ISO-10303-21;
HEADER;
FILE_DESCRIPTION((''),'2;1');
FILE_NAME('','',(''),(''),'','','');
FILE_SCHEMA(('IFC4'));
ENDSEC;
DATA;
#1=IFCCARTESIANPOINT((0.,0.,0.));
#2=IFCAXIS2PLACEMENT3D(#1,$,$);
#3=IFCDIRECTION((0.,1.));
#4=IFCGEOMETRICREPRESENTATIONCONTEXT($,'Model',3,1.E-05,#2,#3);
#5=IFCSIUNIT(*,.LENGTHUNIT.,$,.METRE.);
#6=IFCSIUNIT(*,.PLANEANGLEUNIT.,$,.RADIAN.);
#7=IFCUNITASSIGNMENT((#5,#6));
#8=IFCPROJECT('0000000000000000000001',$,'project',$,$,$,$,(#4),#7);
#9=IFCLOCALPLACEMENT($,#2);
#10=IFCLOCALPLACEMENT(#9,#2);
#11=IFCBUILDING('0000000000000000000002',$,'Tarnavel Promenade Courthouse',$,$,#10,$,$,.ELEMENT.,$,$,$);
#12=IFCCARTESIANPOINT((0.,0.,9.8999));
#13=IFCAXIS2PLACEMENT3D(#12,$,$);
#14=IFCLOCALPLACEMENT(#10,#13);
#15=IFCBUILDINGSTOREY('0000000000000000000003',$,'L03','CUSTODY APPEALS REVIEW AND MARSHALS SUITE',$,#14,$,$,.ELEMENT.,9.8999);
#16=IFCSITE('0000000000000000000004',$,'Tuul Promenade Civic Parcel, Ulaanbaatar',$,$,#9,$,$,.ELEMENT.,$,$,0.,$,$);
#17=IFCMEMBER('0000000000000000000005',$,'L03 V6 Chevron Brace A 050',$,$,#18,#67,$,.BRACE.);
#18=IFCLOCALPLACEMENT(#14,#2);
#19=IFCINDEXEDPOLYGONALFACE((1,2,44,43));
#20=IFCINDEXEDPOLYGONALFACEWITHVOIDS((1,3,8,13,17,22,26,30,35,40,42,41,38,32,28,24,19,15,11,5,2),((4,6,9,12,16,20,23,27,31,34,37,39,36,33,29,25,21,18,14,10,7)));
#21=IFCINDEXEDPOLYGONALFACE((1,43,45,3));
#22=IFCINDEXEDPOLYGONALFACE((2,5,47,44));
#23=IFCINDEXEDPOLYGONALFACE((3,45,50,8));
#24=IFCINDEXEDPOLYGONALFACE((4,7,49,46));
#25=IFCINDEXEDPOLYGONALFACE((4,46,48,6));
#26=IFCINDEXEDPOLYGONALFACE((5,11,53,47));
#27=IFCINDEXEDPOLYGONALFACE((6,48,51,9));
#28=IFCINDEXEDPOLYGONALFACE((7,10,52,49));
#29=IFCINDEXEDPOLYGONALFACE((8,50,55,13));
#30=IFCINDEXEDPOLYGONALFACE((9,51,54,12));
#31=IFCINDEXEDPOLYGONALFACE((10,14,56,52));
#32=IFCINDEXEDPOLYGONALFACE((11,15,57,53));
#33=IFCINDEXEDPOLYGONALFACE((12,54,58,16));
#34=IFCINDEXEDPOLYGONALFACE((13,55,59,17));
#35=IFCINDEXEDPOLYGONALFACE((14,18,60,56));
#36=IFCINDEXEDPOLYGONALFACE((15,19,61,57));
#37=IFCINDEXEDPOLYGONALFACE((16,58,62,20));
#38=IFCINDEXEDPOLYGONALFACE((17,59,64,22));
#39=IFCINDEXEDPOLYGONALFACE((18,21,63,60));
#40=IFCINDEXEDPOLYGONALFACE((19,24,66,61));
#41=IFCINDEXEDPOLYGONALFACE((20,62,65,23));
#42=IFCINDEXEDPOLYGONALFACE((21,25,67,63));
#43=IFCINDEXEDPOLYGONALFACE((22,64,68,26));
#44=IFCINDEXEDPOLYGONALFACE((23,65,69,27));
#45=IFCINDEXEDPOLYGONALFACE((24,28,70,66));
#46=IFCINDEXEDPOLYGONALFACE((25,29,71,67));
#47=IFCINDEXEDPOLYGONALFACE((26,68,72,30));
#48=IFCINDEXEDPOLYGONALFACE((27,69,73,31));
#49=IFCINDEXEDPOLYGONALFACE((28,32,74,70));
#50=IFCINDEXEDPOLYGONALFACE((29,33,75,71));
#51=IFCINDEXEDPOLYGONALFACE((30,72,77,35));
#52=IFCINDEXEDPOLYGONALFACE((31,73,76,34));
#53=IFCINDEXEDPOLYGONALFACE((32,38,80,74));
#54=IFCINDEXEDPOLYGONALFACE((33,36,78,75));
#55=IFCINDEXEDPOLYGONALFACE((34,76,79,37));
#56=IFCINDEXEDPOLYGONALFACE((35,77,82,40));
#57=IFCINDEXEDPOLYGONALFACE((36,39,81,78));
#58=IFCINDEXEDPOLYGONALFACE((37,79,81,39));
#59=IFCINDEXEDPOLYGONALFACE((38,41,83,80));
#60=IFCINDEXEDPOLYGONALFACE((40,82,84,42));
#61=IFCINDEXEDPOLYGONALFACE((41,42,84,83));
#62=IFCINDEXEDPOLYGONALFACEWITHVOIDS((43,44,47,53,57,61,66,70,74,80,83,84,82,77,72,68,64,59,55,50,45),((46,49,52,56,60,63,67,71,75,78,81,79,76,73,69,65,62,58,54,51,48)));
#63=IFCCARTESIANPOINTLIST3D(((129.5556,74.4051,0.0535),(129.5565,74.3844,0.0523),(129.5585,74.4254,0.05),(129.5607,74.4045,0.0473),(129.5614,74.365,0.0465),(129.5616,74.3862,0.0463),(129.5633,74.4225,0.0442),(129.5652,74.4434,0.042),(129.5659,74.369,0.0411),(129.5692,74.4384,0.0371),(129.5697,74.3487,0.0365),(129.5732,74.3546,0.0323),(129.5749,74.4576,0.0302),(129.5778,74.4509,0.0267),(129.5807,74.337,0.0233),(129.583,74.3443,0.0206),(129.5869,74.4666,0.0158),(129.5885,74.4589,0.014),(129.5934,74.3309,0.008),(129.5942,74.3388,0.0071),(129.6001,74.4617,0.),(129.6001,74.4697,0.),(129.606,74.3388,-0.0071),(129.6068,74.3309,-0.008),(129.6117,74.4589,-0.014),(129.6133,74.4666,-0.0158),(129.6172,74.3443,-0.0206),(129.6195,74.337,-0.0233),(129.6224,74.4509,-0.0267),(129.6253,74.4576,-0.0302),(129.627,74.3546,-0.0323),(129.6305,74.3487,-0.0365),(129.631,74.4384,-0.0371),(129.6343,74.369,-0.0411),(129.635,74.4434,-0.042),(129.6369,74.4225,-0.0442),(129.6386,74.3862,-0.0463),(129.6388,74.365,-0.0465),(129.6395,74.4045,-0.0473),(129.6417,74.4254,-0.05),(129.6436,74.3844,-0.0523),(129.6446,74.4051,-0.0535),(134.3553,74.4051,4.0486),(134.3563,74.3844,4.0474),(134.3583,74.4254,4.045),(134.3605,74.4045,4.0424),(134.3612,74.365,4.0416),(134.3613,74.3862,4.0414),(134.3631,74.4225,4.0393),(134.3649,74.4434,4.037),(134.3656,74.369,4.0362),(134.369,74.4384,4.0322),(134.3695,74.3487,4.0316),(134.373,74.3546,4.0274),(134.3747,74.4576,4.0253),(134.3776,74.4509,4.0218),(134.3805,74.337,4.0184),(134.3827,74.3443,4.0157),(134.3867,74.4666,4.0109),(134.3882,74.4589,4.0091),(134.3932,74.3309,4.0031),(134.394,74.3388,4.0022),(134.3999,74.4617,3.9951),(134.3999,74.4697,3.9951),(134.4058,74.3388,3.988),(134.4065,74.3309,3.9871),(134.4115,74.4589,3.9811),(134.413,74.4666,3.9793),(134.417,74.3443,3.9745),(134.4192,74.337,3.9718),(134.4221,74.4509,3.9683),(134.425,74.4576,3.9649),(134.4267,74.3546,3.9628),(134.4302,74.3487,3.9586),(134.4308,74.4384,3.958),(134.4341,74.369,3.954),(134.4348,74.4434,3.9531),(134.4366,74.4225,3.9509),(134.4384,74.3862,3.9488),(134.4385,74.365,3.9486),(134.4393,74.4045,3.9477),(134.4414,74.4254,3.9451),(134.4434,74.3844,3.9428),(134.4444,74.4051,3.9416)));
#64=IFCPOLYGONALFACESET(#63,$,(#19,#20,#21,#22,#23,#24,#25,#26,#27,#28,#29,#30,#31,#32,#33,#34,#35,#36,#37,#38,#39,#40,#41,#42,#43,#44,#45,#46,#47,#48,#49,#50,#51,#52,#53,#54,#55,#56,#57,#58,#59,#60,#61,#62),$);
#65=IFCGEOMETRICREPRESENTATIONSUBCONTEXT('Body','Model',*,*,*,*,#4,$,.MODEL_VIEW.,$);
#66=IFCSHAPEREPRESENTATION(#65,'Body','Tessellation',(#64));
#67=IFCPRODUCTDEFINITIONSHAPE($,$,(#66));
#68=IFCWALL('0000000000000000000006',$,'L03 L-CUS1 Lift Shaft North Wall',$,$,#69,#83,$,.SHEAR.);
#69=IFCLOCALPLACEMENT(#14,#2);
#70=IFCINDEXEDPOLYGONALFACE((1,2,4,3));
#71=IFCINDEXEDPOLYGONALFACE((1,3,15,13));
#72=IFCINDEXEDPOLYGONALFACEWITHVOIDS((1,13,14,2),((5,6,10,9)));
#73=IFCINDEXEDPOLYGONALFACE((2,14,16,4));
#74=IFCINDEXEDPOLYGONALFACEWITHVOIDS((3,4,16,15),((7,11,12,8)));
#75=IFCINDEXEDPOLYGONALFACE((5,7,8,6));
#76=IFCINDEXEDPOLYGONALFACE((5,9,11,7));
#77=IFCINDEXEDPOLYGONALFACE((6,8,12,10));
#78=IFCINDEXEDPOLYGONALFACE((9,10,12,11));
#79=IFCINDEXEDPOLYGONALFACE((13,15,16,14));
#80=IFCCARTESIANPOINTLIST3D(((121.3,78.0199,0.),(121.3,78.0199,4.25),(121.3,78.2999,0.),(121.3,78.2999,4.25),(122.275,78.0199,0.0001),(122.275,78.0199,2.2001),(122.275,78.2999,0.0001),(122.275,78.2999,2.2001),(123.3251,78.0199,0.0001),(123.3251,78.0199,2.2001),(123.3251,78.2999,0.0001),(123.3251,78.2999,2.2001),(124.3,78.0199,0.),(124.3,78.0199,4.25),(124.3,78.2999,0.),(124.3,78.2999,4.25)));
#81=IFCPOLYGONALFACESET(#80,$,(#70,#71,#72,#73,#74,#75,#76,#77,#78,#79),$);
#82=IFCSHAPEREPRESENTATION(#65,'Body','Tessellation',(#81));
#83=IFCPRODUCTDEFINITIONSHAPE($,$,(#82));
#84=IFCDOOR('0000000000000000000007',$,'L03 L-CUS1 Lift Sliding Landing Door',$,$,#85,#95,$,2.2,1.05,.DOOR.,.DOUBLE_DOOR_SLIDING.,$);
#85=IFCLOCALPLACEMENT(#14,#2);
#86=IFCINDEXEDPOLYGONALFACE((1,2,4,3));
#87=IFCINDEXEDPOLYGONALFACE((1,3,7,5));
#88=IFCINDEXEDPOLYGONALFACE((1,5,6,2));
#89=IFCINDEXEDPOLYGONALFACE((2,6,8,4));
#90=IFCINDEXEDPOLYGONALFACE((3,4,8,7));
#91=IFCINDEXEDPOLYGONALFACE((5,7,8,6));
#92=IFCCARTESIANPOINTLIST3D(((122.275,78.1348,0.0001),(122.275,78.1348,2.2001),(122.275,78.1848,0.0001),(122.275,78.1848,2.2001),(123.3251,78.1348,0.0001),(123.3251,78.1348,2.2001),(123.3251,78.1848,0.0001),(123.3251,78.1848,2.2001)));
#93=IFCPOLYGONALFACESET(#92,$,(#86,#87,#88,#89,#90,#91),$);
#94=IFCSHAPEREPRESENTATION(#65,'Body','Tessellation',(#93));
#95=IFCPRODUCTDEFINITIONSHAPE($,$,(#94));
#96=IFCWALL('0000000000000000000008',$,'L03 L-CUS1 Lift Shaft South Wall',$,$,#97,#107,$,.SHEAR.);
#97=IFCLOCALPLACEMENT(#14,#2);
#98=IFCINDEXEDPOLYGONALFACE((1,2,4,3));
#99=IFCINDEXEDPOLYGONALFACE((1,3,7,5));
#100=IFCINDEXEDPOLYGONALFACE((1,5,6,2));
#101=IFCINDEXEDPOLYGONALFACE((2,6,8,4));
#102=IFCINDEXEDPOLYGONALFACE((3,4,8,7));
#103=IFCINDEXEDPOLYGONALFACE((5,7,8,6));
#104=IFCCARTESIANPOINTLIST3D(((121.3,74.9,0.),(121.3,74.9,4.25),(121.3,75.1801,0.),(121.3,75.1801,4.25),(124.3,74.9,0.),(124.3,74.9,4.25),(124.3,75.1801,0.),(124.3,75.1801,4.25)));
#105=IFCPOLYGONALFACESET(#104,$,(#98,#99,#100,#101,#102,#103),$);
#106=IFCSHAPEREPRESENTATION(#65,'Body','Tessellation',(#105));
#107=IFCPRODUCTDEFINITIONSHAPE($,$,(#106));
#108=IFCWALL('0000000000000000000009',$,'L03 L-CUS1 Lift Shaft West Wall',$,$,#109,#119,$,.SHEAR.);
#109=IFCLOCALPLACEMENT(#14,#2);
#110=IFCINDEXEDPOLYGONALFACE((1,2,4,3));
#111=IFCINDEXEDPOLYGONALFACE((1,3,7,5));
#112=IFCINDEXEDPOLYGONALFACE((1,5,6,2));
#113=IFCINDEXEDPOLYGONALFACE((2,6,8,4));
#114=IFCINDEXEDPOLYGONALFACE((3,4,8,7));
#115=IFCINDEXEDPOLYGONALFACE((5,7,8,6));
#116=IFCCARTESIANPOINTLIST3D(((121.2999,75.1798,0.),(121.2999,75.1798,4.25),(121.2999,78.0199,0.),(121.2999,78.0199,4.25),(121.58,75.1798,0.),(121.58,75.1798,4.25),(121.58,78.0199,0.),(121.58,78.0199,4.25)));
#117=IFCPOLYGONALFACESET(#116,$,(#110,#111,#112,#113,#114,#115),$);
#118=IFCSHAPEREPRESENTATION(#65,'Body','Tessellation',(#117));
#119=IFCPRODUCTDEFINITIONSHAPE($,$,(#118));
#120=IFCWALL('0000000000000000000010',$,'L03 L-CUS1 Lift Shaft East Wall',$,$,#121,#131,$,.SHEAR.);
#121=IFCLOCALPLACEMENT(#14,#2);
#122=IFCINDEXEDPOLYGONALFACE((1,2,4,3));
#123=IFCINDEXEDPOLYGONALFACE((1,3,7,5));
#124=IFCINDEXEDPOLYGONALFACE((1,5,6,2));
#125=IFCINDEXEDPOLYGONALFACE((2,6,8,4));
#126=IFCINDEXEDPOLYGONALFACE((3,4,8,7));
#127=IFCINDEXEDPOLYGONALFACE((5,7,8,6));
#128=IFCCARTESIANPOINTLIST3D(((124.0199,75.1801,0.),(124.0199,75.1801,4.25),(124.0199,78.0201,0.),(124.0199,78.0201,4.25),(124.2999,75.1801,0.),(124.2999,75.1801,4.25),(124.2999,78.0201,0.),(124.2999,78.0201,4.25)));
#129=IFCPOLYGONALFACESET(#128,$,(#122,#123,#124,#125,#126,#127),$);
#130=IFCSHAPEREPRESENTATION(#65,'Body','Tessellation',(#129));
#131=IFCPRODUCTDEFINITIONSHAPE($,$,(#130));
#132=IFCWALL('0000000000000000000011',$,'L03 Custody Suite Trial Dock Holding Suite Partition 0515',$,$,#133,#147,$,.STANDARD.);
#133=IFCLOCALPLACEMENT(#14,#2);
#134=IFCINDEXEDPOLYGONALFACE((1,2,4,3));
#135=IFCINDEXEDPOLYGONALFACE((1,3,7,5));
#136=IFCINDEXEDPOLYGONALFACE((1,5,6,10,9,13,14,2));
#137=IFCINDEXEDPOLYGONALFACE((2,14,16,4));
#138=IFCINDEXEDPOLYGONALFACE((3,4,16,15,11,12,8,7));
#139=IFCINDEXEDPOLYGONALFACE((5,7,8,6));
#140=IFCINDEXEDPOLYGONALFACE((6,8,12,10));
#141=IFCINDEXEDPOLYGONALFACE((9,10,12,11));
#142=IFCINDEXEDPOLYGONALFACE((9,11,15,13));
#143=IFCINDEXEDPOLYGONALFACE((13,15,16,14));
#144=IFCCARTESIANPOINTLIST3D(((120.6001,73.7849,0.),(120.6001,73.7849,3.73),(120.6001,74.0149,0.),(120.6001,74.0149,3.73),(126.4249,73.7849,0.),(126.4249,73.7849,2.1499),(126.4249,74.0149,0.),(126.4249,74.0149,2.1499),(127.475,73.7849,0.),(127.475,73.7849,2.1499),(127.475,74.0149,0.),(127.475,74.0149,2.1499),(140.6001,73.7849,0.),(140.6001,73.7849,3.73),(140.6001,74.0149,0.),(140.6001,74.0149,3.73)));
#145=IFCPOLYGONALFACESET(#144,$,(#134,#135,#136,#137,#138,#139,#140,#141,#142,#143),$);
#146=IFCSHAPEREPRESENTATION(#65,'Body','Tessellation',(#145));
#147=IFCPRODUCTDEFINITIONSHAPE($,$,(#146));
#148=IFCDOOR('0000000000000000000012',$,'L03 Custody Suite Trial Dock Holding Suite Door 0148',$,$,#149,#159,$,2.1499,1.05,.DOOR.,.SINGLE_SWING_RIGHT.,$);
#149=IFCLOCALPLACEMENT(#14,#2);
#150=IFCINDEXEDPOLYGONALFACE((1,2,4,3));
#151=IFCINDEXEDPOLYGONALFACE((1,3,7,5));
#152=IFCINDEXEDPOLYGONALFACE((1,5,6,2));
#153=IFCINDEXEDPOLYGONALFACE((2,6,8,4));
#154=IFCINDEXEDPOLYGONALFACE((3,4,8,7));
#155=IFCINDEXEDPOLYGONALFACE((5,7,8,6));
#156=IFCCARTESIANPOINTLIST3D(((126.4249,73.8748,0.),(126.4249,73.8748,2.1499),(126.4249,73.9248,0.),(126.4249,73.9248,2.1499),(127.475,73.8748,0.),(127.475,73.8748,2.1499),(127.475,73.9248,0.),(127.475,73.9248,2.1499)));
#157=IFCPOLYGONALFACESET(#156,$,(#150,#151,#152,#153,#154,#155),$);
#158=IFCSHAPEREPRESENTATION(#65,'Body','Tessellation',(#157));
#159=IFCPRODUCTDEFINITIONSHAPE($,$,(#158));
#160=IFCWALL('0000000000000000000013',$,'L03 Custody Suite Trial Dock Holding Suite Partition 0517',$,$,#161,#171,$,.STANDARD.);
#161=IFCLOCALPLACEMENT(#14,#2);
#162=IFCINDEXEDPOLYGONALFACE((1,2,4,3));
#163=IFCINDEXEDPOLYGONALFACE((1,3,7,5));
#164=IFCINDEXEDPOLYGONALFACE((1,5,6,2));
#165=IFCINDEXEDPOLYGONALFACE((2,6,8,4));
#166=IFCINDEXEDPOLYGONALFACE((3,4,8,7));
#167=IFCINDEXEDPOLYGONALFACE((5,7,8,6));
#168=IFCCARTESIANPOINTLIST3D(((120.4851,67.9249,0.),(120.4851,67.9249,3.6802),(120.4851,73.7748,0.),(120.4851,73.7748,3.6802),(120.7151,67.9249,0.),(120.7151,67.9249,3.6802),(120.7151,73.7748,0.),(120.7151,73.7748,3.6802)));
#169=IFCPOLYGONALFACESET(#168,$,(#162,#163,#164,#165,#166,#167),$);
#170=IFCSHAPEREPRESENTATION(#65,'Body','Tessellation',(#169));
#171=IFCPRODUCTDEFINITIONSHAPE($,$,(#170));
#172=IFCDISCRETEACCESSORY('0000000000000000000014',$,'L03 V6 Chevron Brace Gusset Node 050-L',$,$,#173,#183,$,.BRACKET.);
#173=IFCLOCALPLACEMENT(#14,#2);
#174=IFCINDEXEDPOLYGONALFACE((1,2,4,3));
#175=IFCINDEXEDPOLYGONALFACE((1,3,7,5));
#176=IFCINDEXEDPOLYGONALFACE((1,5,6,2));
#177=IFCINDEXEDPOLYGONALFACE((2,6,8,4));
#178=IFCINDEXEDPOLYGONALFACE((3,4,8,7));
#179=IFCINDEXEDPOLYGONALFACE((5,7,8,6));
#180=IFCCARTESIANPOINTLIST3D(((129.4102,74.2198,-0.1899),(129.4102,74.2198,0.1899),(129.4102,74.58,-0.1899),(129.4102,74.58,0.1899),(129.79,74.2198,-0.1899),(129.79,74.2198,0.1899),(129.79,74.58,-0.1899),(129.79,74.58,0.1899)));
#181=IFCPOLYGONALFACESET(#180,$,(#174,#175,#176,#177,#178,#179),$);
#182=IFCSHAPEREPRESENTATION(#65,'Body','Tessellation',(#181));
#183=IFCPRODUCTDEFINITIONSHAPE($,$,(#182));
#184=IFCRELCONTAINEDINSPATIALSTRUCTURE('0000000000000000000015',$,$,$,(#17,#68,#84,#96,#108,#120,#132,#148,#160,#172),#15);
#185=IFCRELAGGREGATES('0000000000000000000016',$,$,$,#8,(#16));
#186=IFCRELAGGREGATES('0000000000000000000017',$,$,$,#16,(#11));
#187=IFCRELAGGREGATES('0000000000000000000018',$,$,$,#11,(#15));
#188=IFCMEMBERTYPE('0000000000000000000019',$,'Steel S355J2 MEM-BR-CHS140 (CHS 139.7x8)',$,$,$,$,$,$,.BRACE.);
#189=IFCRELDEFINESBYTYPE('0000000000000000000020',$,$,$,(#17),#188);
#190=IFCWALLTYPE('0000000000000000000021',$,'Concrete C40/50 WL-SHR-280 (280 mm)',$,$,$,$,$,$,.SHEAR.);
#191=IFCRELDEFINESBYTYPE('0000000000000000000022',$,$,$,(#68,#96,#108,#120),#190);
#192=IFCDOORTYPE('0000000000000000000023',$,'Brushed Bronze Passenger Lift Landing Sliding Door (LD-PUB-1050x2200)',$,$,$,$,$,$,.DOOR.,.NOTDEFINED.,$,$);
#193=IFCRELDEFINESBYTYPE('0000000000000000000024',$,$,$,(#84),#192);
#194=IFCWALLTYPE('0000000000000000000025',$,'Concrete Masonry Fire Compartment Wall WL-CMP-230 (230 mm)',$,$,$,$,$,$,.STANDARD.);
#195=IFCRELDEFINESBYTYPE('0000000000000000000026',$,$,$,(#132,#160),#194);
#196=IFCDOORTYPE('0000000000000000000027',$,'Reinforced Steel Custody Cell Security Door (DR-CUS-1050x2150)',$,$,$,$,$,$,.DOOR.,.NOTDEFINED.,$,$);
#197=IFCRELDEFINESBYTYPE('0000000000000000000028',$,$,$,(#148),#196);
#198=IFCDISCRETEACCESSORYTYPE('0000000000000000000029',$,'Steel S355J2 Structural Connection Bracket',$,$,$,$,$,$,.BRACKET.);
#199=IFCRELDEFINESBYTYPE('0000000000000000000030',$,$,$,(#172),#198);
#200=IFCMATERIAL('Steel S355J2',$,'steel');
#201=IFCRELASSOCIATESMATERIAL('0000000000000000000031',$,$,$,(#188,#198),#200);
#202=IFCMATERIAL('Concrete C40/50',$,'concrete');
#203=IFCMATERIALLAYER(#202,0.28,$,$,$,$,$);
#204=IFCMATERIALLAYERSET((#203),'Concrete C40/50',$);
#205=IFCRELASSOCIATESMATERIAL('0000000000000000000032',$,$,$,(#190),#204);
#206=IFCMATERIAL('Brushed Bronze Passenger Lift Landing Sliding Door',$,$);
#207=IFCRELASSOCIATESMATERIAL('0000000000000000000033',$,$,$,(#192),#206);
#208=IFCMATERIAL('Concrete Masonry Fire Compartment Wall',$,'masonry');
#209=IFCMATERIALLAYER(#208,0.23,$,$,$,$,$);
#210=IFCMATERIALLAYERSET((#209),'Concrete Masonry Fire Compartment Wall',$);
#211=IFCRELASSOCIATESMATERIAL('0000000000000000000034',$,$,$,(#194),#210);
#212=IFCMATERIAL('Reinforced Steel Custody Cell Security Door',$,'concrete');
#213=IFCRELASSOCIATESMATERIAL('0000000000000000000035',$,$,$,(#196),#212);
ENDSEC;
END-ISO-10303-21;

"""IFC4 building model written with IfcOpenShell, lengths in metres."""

from ifc_helpers import new_model, si_unit, direction, frame, frame_2d, origin, origin_2d, place, context, subcontext, project, spatial, rectangle, hollow_circle, extrude, material, layer, layer_set, material_profile, profile_set, type_object, element, fill, save


model = new_model("IFC4")

# Units and contexts
model_context = context("Model", 3, precision=1e-05, world=origin(), true_north=direction((0.0, 1.0)))
body_context = subcontext(model_context, "Body", "Model", "MODEL_VIEW")
ifc_project = project(units=[si_unit("LENGTHUNIT", "METRE"), si_unit("PLANEANGLEUNIT", "RADIAN")], contexts=[model_context])

# Site, building, storey
site_placement = place(None, origin())
site = spatial("IfcSite", under=ifc_project, at=site_placement, Name="Tuul Promenade Civic Parcel, Ulaanbaatar", CompositionType="ELEMENT", RefElevation=0.0)
building_placement = place(site_placement, origin())
building = spatial("IfcBuilding", under=site, at=building_placement, Name="Tarnavel Promenade Courthouse", CompositionType="ELEMENT")
storey_placement = place(building_placement, frame((0.0, 0.0, 9.8999)))
storey = spatial("IfcBuildingStorey", under=building, at=storey_placement, Name="L03", Description="CUSTODY APPEALS REVIEW AND MARSHALS SUITE", CompositionType="ELEMENT", Elevation=9.8999)

# Shared definitions
ifc_material_1 = material(Name="Concrete C40/50", Category="concrete")

# Member
ifc_material_2 = material(Name="Steel S355J2", Category="steel")
ifc_material_profile_1 = material_profile(ifc_material_2, hollow_circle(Radius=0.0698, WallThickness=0.0081, at=origin_2d()), Name="CHS 139.7x8")
ifc_profile_set_1 = profile_set([ifc_material_profile_1], Name="Steel S355J2")
member_type = type_object("IfcMemberType", Name="Steel S355J2 MEM-BR-CHS140 (CHS 139.7x8)", PredefinedType="BRACE", material=ifc_profile_set_1)
member_placement = place(storey_placement, frame((129.6001, 74.3999, 0.0), z_axis=(0.768593, 0.0, 0.639738), x_axis=(0.0, 1.0, 0.0)))
element("IfcMember", 1, at=member_placement, inside=storey, type_object=member_type, Name="L03 V6 Chevron Brace A 050", PredefinedType="BRACE", context=body_context, shape_type="SweptSolid", body=[
    extrude(hollow_circle(Radius=0.0698, WallThickness=0.0081, at=origin_2d()), origin(), (0.0, 0.0, 1.0), 6.2449),
])

# Wall, opening, door
ifc_layer_1 = layer(ifc_material_1, 0.28)
ifc_layer_set_1 = layer_set([ifc_layer_1], Name="Concrete C40/50")
wall_type_1 = type_object("IfcWallType", Name="Concrete C40/50 WL-SHR-280 (280 mm)", PredefinedType="SHEAR", material=ifc_layer_set_1)
wall_1_placement = place(storey_placement, frame((121.3, 78.1599, 0.0), z_axis=(0.0, 0.0, 1.0), x_axis=(1.0, 0.0, 0.0)))
wall_1 = element("IfcWall", 2, at=wall_1_placement, inside=storey, type_object=wall_type_1, Name="L03 L-CUS1 Lift Shaft North Wall", PredefinedType="SHEAR", context=body_context, shape_type="SweptSolid", body=[
    extrude(rectangle(XDim=3.0, YDim=0.28, at=frame_2d((1.5, 0.0))), origin(), (0.0, 0.0, 1.0), 4.25),
])
opening_1_placement = place(wall_1_placement, frame((0.9751, 0.0, 0.0)))
opening_1 = element("IfcOpeningElement", 3, at=opening_1_placement, cuts=wall_1, PredefinedType="OPENING", context=body_context, shape_type="SweptSolid", body=[
    extrude(rectangle(XDim=1.05, YDim=2.2, at=frame_2d((0.5249, 1.1001))), frame((0.0, 0.1499, 0.0), z_axis=(0.0, -1.0, 0.0), x_axis=(1.0, 0.0, 0.0)), (0.0, 0.0, 1.0), 0.3),
])
ifc_material_3 = material(Name="Brushed Bronze Passenger Lift Landing Sliding Door")
door_type_1 = type_object("IfcDoorType", Name="Brushed Bronze Passenger Lift Landing Sliding Door (LD-PUB-1050x2200)", OperationType="NOTDEFINED", PredefinedType="DOOR", material=ifc_material_3)
door_1_placement = place(opening_1_placement, origin())
door_1 = element("IfcDoor", 4, at=door_1_placement, inside=storey, type_object=door_type_1, Name="L03 L-CUS1 Lift Sliding Landing Door", OperationType="DOUBLE_DOOR_SLIDING", OverallHeight=2.2, OverallWidth=1.05, PredefinedType="DOOR", context=body_context, shape_type="SweptSolid", body=[
    extrude(rectangle(XDim=1.05, YDim=2.2, at=frame_2d((0.5249, 1.1001))), frame((0.0, 0.0249, 0.0), z_axis=(0.0, -1.0, 0.0), x_axis=(1.0, 0.0, 0.0)), (0.0, 0.0, 1.0), 0.05),
])
fill(opening_1, door_1)

# Walls
wall_2_placement = place(storey_placement, frame((124.3, 75.04, 0.0), z_axis=(0.0, 0.0, 1.0), x_axis=(-1.0, 0.0, 0.0)))
element("IfcWall", 5, at=wall_2_placement, inside=storey, type_object=wall_type_1, Name="L03 L-CUS1 Lift Shaft South Wall", PredefinedType="SHEAR", context=body_context, shape_type="SweptSolid", body=[
    extrude(rectangle(XDim=3.0, YDim=0.28, at=frame_2d((1.5, 0.0))), origin(), (0.0, 0.0, 1.0), 4.25),
])
for number, where, z_axis, x_axis, name in (
    (6, (121.4399, 75.1799, 0.0), (0.0, 0.0, 1.0), (0.0, 1.0, 0.0), "L03 L-CUS1 Lift Shaft West Wall"),
    (7, (124.1599, 78.02, 0.0), (0.0, 0.0, 1.0), (0.0, -1.0, 0.0), "L03 L-CUS1 Lift Shaft East Wall"),
):
    element("IfcWall", number, at=place(storey_placement, frame(where, z_axis=z_axis, x_axis=x_axis)), inside=storey, type_object=wall_type_1, Name=name, PredefinedType="SHEAR", context=body_context, shape_type="SweptSolid", body=[
        extrude(rectangle(XDim=2.8401, YDim=0.28, at=frame_2d((1.4199, 0.0))), origin(), (0.0, 0.0, 1.0), 4.25),
    ])

# Wall, opening, door
ifc_material_4 = material(Name="Concrete Masonry Fire Compartment Wall", Category="masonry")
ifc_layer_2 = layer(ifc_material_4, 0.23)
ifc_layer_set_2 = layer_set([ifc_layer_2], Name="Concrete Masonry Fire Compartment Wall")
wall_type_2 = type_object("IfcWallType", Name="Concrete Masonry Fire Compartment Wall WL-CMP-230 (230 mm)", PredefinedType="STANDARD", material=ifc_layer_set_2)
wall_3_placement = place(storey_placement, frame((120.6001, 73.8999, 0.0), z_axis=(0.0, 0.0, 1.0), x_axis=(1.0, 0.0, 0.0)))
wall_3 = element("IfcWall", 8, at=wall_3_placement, inside=storey, type_object=wall_type_2, Name="L03 Custody Suite Trial Dock Holding Suite Partition 0515", PredefinedType="STANDARD", context=body_context, shape_type="SweptSolid", body=[
    extrude(rectangle(XDim=20.0, YDim=0.23, at=frame_2d((10.0, 0.0))), origin(), (0.0, 0.0, 1.0), 3.73),
])
opening_2_placement = place(wall_3_placement, frame((5.825, 0.0, 0.0)))
opening_2 = element("IfcOpeningElement", 9, at=opening_2_placement, cuts=wall_3, PredefinedType="OPENING", context=body_context, shape_type="SweptSolid", body=[
    extrude(rectangle(XDim=1.05, YDim=2.1499, at=frame_2d((0.5249, 1.075))), frame((0.0, 0.125, 0.0), z_axis=(0.0, -1.0, 0.0), x_axis=(1.0, 0.0, 0.0)), (0.0, 0.0, 1.0), 0.25),
])
ifc_material_5 = material(Name="Reinforced Steel Custody Cell Security Door", Category="concrete")
door_type_2 = type_object("IfcDoorType", Name="Reinforced Steel Custody Cell Security Door (DR-CUS-1050x2150)", OperationType="NOTDEFINED", PredefinedType="DOOR", material=ifc_material_5)
door_2_placement = place(opening_2_placement, origin())
door_2 = element("IfcDoor", 10, at=door_2_placement, inside=storey, type_object=door_type_2, Name="L03 Custody Suite Trial Dock Holding Suite Door 0148", OperationType="SINGLE_SWING_RIGHT", OverallHeight=2.1499, OverallWidth=1.05, PredefinedType="DOOR", context=body_context, shape_type="SweptSolid", body=[
    extrude(rectangle(XDim=1.05, YDim=2.1499, at=frame_2d((0.5249, 1.075))), frame((0.0, 0.0249, 0.0), z_axis=(0.0, -1.0, 0.0), x_axis=(1.0, 0.0, 0.0)), (0.0, 0.0, 1.0), 0.05),
])
fill(opening_2, door_2)

# Wall
wall_4_placement = place(storey_placement, frame((120.6001, 67.925, 0.0), z_axis=(0.0, 0.0, 1.0), x_axis=(0.0, 1.0, 0.0)))
element("IfcWall", 11, at=wall_4_placement, inside=storey, type_object=wall_type_2, Name="L03 Custody Suite Trial Dock Holding Suite Partition 0517", PredefinedType="STANDARD", context=body_context, shape_type="SweptSolid", body=[
    extrude(rectangle(XDim=5.8499, YDim=0.23, at=frame_2d((2.9248, 0.0))), origin(), (0.0, 0.0, 1.0), 3.6802),
])

# Discrete accessory
discrete_accessory_type = type_object("IfcDiscreteAccessoryType", Name="Steel S355J2 Structural Connection Bracket", PredefinedType="BRACKET", material=ifc_material_2)
discrete_accessory_placement = place(storey_placement, frame((129.6001, 74.3999, -0.1899), z_axis=(0.0, 0.0, 1.0), x_axis=(1.0, 0.0, 0.0)))
element("IfcDiscreteAccessory", 12, at=discrete_accessory_placement, inside=storey, type_object=discrete_accessory_type, Name="L03 V6 Chevron Brace Gusset Node 050-L", PredefinedType="BRACKET", context=body_context, shape_type="SweptSolid", body=[
    extrude(rectangle(XDim=0.3799, YDim=0.3601, at=origin_2d()), origin(), (0.0, 0.0, 1.0), 0.3799),
])

save(model, "model.ifc")
